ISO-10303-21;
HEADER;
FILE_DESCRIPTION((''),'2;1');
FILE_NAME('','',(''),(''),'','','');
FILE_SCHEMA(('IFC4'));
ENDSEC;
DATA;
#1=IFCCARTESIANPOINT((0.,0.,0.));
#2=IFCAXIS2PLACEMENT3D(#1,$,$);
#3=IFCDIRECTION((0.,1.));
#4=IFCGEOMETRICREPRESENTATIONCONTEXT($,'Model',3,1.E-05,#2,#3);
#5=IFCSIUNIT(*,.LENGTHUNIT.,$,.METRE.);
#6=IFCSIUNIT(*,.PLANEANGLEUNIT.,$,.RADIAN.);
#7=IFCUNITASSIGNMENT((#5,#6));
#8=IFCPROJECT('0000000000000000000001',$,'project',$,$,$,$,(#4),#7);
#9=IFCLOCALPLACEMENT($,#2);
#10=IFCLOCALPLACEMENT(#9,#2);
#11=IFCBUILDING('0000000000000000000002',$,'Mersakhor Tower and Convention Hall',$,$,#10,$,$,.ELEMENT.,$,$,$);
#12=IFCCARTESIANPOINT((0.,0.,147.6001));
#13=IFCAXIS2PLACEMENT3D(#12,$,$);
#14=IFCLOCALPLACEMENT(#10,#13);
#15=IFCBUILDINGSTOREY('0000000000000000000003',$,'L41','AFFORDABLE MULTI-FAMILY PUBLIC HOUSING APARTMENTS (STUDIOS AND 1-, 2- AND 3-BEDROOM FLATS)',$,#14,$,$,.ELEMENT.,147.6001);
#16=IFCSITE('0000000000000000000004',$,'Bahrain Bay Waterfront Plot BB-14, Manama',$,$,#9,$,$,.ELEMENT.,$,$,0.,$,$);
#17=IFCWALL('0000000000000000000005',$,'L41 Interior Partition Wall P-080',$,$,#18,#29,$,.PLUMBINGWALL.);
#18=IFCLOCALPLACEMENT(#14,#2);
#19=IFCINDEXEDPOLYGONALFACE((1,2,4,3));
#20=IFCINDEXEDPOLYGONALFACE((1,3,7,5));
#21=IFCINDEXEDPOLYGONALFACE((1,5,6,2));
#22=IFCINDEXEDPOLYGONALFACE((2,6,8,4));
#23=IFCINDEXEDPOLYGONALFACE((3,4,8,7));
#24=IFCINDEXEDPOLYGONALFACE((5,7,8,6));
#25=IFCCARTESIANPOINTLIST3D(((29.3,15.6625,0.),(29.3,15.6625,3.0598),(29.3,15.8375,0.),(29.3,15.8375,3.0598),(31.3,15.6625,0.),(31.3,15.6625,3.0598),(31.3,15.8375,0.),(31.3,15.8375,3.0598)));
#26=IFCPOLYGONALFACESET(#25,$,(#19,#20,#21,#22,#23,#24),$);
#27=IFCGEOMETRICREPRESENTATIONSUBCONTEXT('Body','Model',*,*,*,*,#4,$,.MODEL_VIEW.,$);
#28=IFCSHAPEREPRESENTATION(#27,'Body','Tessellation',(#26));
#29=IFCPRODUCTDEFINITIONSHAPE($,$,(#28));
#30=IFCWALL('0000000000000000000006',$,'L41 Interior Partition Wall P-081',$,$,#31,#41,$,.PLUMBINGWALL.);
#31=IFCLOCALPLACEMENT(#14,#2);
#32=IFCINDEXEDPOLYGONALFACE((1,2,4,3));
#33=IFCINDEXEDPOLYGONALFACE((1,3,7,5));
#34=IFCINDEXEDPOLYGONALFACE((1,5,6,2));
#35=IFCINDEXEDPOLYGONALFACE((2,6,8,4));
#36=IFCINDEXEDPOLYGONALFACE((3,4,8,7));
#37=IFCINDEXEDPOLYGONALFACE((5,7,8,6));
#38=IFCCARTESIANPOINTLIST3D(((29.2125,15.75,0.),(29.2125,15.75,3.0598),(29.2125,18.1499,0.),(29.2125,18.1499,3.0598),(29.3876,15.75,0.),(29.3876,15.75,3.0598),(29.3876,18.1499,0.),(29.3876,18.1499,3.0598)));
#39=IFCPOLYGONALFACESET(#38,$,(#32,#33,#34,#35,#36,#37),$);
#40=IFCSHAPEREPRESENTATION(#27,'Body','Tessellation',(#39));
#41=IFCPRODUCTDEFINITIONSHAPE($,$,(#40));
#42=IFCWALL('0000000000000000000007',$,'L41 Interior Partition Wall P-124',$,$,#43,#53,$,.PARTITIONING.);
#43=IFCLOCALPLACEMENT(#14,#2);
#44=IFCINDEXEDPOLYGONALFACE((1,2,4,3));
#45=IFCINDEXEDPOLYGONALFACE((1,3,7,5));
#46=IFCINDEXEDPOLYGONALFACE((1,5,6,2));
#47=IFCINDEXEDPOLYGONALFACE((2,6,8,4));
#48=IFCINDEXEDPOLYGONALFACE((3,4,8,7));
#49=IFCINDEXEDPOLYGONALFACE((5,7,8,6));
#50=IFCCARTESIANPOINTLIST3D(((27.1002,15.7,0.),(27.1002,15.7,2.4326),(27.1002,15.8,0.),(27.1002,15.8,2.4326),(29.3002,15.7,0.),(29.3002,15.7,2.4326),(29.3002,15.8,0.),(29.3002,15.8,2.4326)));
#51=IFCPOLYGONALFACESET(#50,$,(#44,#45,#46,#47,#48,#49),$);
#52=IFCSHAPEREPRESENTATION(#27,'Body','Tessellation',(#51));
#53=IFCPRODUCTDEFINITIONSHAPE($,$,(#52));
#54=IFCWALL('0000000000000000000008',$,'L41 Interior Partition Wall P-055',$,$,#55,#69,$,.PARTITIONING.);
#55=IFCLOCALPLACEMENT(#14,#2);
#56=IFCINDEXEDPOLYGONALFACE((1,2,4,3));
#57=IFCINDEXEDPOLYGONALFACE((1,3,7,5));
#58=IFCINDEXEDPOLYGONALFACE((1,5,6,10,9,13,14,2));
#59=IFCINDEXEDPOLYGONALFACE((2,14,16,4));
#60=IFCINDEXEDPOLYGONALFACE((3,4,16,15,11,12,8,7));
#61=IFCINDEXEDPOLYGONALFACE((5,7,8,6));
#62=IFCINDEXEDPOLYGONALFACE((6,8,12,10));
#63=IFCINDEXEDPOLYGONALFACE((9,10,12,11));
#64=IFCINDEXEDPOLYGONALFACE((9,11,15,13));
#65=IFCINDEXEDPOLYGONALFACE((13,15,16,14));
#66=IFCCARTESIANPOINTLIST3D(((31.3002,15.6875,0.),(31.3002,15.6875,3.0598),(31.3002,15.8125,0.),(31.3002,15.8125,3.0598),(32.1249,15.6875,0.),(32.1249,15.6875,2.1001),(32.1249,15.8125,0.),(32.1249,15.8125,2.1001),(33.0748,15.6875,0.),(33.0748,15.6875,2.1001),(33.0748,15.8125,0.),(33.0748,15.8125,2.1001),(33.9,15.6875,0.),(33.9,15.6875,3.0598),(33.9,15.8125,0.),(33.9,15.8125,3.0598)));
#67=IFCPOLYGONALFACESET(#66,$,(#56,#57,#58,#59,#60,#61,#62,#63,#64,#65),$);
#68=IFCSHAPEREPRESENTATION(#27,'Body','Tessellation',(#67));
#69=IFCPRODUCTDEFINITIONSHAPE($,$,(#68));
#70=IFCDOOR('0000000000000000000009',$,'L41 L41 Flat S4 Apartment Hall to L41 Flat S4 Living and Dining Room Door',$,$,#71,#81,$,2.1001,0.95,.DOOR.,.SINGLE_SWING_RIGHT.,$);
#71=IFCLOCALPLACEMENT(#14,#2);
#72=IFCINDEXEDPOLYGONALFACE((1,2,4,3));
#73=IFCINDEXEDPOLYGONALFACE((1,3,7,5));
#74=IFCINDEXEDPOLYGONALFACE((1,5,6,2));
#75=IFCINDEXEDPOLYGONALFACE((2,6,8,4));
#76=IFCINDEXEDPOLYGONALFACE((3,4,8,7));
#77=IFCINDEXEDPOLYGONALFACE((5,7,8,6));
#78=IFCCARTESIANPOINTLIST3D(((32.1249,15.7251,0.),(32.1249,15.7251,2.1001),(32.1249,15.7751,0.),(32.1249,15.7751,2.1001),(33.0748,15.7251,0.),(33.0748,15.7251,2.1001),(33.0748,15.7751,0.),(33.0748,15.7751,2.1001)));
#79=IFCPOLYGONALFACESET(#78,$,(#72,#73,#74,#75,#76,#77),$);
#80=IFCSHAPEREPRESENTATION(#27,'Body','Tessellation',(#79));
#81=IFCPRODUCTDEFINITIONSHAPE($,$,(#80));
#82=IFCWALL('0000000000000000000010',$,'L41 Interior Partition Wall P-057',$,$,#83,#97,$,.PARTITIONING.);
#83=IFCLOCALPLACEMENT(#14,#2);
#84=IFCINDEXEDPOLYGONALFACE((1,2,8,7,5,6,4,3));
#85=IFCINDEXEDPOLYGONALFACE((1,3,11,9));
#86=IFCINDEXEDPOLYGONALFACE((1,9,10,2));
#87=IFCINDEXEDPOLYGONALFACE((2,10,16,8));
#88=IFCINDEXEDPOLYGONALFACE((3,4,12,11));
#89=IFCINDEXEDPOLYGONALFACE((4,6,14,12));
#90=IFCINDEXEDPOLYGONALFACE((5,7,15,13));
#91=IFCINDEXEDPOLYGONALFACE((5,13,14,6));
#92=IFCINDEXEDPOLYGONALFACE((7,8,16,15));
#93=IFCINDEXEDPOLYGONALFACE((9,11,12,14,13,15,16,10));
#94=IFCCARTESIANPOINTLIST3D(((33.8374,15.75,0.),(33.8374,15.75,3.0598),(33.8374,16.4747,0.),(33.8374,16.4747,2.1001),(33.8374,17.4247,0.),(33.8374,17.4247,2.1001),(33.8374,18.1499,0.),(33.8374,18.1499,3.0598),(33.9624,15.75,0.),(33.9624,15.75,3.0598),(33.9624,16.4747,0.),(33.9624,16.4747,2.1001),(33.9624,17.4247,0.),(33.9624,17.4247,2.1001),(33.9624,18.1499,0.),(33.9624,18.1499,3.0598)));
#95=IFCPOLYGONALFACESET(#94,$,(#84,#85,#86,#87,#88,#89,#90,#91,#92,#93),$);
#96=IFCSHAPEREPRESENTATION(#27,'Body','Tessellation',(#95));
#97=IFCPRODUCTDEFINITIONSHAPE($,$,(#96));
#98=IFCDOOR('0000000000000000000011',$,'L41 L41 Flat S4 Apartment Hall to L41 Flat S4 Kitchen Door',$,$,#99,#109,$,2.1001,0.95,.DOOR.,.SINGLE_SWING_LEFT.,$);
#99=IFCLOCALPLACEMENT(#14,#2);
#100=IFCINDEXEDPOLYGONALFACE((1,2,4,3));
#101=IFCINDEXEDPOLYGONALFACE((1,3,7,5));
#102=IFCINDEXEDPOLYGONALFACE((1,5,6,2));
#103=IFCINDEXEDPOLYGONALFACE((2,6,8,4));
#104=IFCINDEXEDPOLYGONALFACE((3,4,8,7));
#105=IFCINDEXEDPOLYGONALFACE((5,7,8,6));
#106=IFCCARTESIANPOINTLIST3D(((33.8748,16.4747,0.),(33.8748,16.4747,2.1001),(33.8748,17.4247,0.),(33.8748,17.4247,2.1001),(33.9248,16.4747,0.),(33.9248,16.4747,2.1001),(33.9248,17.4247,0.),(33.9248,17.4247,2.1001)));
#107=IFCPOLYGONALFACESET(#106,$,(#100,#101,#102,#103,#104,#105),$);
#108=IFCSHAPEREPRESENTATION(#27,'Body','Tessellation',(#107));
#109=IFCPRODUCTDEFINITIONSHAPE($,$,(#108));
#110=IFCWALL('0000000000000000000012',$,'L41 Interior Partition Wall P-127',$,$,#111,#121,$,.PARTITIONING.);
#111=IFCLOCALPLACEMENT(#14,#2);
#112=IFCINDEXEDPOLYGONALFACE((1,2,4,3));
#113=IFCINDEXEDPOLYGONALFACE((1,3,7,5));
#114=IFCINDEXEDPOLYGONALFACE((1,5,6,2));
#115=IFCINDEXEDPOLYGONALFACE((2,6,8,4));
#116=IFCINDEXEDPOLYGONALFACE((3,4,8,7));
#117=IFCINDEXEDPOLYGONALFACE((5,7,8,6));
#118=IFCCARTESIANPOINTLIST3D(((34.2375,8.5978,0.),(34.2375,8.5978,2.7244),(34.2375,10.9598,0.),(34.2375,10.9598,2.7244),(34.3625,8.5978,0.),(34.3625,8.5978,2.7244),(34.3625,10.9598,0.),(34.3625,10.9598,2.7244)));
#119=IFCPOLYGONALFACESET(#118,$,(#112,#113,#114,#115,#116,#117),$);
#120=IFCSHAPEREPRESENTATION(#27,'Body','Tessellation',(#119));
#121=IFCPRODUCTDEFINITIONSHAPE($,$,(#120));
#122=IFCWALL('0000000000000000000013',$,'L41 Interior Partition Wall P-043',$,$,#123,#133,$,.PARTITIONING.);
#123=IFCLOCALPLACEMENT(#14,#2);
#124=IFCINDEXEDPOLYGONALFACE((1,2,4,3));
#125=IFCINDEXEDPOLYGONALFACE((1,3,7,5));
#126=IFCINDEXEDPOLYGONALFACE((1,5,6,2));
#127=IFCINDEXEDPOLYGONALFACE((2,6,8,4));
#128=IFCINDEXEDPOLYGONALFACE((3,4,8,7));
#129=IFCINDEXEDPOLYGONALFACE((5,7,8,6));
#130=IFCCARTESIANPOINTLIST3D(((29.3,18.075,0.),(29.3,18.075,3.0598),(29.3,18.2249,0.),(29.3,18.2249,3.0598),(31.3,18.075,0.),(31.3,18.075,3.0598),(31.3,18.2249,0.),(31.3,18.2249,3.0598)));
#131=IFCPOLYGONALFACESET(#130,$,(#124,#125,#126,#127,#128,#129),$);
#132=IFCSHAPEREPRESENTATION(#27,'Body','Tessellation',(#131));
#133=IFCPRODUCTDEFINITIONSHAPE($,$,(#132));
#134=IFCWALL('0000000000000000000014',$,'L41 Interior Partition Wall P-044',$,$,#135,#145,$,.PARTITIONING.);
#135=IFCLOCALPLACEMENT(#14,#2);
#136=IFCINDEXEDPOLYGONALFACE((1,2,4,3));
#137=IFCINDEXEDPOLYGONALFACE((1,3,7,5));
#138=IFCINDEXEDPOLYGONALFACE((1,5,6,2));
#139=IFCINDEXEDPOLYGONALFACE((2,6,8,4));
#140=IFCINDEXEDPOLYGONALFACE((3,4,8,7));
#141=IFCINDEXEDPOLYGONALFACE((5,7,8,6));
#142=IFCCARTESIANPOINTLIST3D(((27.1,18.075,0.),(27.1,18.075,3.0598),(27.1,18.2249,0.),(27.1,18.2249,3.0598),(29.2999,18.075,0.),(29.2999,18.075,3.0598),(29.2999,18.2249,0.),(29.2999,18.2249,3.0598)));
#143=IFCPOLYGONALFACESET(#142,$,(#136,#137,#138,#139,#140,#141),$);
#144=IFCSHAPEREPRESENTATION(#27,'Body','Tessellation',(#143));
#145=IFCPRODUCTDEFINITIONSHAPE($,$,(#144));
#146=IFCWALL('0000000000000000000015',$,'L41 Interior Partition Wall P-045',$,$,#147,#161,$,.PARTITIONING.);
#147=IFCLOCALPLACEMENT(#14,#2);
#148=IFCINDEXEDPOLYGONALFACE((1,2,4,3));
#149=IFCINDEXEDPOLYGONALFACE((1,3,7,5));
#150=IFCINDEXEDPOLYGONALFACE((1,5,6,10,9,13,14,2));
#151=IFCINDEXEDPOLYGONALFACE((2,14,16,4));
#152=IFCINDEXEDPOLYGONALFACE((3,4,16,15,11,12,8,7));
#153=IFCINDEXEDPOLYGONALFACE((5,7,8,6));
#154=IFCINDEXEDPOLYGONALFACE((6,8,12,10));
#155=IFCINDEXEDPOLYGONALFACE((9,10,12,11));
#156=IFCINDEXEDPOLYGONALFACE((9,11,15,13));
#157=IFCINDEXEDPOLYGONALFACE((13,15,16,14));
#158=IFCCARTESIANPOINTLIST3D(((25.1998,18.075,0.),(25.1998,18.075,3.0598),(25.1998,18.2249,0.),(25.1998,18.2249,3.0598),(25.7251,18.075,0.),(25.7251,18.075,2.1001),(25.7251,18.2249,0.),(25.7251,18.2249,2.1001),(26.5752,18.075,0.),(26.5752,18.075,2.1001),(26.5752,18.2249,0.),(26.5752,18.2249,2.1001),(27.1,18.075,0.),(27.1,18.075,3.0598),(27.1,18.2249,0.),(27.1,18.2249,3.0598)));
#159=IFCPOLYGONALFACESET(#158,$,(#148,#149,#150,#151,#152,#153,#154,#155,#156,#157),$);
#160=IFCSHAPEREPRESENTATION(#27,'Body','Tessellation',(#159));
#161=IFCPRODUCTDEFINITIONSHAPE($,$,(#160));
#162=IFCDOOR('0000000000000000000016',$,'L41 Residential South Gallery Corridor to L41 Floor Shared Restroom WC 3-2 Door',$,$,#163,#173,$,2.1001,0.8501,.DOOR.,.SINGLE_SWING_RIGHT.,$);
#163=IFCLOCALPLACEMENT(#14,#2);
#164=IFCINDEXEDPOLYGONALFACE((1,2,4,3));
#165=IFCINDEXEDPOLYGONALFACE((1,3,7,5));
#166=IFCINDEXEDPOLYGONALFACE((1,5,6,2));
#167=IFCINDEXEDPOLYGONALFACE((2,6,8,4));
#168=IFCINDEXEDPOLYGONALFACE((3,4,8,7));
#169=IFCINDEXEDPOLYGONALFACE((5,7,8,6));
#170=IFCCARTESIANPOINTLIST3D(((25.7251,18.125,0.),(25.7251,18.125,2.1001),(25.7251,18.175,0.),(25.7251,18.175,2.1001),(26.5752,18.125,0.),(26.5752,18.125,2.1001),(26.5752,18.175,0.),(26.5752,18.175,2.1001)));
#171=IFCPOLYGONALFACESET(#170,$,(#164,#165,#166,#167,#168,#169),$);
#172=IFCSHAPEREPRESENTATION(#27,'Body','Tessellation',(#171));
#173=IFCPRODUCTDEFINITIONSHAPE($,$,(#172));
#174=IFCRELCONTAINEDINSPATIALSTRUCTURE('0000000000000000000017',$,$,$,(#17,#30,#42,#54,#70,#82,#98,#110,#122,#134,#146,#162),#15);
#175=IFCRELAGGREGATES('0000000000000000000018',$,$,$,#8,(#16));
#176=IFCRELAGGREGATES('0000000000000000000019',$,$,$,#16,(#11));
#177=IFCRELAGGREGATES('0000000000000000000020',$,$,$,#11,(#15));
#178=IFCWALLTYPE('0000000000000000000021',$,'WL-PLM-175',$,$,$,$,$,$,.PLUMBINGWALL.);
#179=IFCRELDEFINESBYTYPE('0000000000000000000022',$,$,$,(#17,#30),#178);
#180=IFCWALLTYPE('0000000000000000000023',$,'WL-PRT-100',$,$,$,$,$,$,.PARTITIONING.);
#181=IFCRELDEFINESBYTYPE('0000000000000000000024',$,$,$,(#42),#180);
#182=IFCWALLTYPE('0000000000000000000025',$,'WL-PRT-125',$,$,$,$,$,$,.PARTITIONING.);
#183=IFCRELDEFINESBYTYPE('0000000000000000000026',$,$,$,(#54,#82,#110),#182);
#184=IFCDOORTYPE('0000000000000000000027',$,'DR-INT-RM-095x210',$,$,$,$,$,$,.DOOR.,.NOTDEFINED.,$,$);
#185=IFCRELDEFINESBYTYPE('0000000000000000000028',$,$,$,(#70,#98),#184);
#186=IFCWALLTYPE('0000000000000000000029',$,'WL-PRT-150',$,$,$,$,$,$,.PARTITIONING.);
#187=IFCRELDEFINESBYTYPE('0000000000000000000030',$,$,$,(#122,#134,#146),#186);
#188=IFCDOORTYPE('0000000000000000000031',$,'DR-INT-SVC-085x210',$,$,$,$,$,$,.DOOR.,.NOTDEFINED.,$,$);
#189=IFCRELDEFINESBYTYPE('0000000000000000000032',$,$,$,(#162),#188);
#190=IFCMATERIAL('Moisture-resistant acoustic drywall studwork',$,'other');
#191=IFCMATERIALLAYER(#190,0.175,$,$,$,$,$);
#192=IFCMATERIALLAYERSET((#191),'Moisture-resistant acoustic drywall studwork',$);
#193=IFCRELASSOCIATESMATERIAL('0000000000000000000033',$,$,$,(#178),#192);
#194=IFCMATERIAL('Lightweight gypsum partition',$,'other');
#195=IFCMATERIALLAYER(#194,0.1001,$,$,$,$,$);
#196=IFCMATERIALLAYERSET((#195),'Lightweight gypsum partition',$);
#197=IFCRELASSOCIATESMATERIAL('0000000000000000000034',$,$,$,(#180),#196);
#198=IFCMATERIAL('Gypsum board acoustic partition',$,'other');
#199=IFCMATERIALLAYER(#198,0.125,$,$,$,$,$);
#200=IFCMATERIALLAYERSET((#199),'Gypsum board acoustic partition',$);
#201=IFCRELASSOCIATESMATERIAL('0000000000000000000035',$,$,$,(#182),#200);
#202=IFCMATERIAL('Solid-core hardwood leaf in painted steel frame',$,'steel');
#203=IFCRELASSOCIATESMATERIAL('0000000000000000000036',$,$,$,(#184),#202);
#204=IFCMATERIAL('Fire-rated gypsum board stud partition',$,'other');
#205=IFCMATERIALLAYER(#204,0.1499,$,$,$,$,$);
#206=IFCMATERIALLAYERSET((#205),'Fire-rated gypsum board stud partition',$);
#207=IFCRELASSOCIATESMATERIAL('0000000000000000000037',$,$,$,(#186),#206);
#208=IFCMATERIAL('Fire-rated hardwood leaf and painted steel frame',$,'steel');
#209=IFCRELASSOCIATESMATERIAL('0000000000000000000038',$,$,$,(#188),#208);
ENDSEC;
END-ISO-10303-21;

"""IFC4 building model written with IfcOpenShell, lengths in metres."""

from ifc_helpers import new_model, si_unit, direction, frame, frame_2d, origin, place, context, subcontext, project, spatial, rectangle, extrude, material, layer, layer_set, type_object, element, fill, save


model = new_model("IFC4")

# Units and contexts
model_context = context("Model", 3, precision=1e-05, world=origin(), true_north=direction((0.0, 1.0)))
body_context = subcontext(model_context, "Body", "Model", "MODEL_VIEW")
ifc_project = project(units=[si_unit("LENGTHUNIT", "METRE"), si_unit("PLANEANGLEUNIT", "RADIAN")], contexts=[model_context])

# Site, building, storey
site_placement = place(None, origin())
site = spatial("IfcSite", under=ifc_project, at=site_placement, Name="Bahrain Bay Waterfront Plot BB-14, Manama", CompositionType="ELEMENT", RefElevation=0.0)
building_placement = place(site_placement, origin())
building = spatial("IfcBuilding", under=site, at=building_placement, Name="Mersakhor Tower and Convention Hall", CompositionType="ELEMENT")
storey_placement = place(building_placement, frame((0.0, 0.0, 147.6001)))
storey = spatial("IfcBuildingStorey", under=building, at=storey_placement, Name="L41", Description="AFFORDABLE MULTI-FAMILY PUBLIC HOUSING APARTMENTS (STUDIOS AND 1-, 2- AND 3-BEDROOM FLATS)", CompositionType="ELEMENT", Elevation=147.6001)

# Shared definitions
ifc_material_1 = material(Name="Moisture-resistant acoustic drywall studwork", Category="other")
ifc_layer_1 = layer(ifc_material_1, 0.175)
ifc_layer_set_1 = layer_set([ifc_layer_1], Name="Moisture-resistant acoustic drywall studwork")
wall_type_1 = type_object("IfcWallType", Name="WL-PLM-175", PredefinedType="PLUMBINGWALL", material=ifc_layer_set_1)

# Walls
wall_1_placement = place(storey_placement, frame((31.3, 15.75, 0.0), z_axis=(0.0, 0.0, 1.0), x_axis=(-1.0, 0.0, 0.0)))
element("IfcWall", 1, at=wall_1_placement, inside=storey, type_object=wall_type_1, Name="L41 Interior Partition Wall P-080", PredefinedType="PLUMBINGWALL", context=body_context, shape_type="SweptSolid", body=[
    extrude(rectangle(XDim=2.0, YDim=0.175, at=frame_2d((1.0, 0.0))), origin(), (0.0, 0.0, 1.0), 3.0598),
])
wall_2_placement = place(storey_placement, frame((29.3, 15.75, 0.0), z_axis=(0.0, 0.0, 1.0), x_axis=(0.0, 1.0, 0.0)))
element("IfcWall", 2, at=wall_2_placement, inside=storey, type_object=wall_type_1, Name="L41 Interior Partition Wall P-081", PredefinedType="PLUMBINGWALL", context=body_context, shape_type="SweptSolid", body=[
    extrude(rectangle(XDim=2.3999, YDim=0.175, at=frame_2d((1.2, 0.0))), origin(), (0.0, 0.0, 1.0), 3.0598),
])
ifc_material_2 = material(Name="Lightweight gypsum partition", Category="other")
ifc_layer_2 = layer(ifc_material_2, 0.1001)
ifc_layer_set_2 = layer_set([ifc_layer_2], Name="Lightweight gypsum partition")
wall_type_2 = type_object("IfcWallType", Name="WL-PRT-100", PredefinedType="PARTITIONING", material=ifc_layer_set_2)
wall_3_placement = place(storey_placement, frame((27.1001, 15.75, 0.0), z_axis=(0.0, 0.0, 1.0), x_axis=(1.0, 0.0, 0.0)))
element("IfcWall", 3, at=wall_3_placement, inside=storey, type_object=wall_type_2, Name="L41 Interior Partition Wall P-124", PredefinedType="PARTITIONING", context=body_context, shape_type="SweptSolid", body=[
    extrude(rectangle(XDim=2.2, YDim=0.1001, at=frame_2d((1.1001, 0.0))), origin(), (0.0, 0.0, 1.0), 2.4326),
])

# Walls, openings, doors
ifc_material_3 = material(Name="Gypsum board acoustic partition", Category="other")
ifc_layer_3 = layer(ifc_material_3, 0.125)
ifc_layer_set_3 = layer_set([ifc_layer_3], Name="Gypsum board acoustic partition")
wall_type_3 = type_object("IfcWallType", Name="WL-PRT-125", PredefinedType="PARTITIONING", material=ifc_layer_set_3)
wall_4_placement = place(storey_placement, frame((33.8999, 15.75, 0.0), z_axis=(0.0, 0.0, 1.0), x_axis=(-1.0, 0.0, 0.0)))
wall_4 = element("IfcWall", 4, at=wall_4_placement, inside=storey, type_object=wall_type_3, Name="L41 Interior Partition Wall P-055", PredefinedType="PARTITIONING", context=body_context, shape_type="SweptSolid", body=[
    extrude(rectangle(XDim=2.5999, YDim=0.125, at=frame_2d((1.2998, 0.0))), origin(), (0.0, 0.0, 1.0), 3.0598),
])
opening_1_placement = place(wall_4_placement, frame((0.825, 0.0, 0.0)))
opening_1 = element("IfcOpeningElement", 5, at=opening_1_placement, cuts=wall_4, PredefinedType="OPENING", context=body_context, shape_type="SweptSolid", body=[
    extrude(rectangle(XDim=0.95, YDim=2.1001, at=frame_2d((0.4751, 1.05))), frame((0.0, 0.0725, 0.0), z_axis=(0.0, -1.0, 0.0), x_axis=(1.0, 0.0, 0.0)), (0.0, 0.0, 1.0), 0.145),
])
ifc_material_4 = material(Name="Solid-core hardwood leaf in painted steel frame", Category="steel")
door_type_1 = type_object("IfcDoorType", Name="DR-INT-RM-095x210", OperationType="NOTDEFINED", PredefinedType="DOOR", material=ifc_material_4)
door_1_placement = place(opening_1_placement, origin())
door_1 = element("IfcDoor", 6, at=door_1_placement, inside=storey, type_object=door_type_1, Name="L41 L41 Flat S4 Apartment Hall to L41 Flat S4 Living and Dining Room Door", OperationType="SINGLE_SWING_RIGHT", OverallHeight=2.1001, OverallWidth=0.95, PredefinedType="DOOR", context=body_context, shape_type="SweptSolid", body=[
    extrude(rectangle(XDim=0.95, YDim=2.1001, at=frame_2d((0.4751, 1.05))), frame((0.0, 0.0249, 0.0), z_axis=(0.0, -1.0, 0.0), x_axis=(1.0, 0.0, 0.0)), (0.0, 0.0, 1.0), 0.05),
])
fill(opening_1, door_1)
wall_5_placement = place(storey_placement, frame((33.8999, 18.1499, 0.0), z_axis=(0.0, 0.0, 1.0), x_axis=(0.0, -1.0, 0.0)))
wall_5 = element("IfcWall", 7, at=wall_5_placement, inside=storey, type_object=wall_type_3, Name="L41 Interior Partition Wall P-057", PredefinedType="PARTITIONING", context=body_context, shape_type="SweptSolid", body=[
    extrude(rectangle(XDim=2.3999, YDim=0.125, at=frame_2d((1.2, 0.0))), origin(), (0.0, 0.0, 1.0), 3.0598),
])
opening_2_placement = place(wall_5_placement, frame((0.7251, 0.0, 0.0)))
opening_2 = element("IfcOpeningElement", 8, at=opening_2_placement, cuts=wall_5, PredefinedType="OPENING", context=body_context, shape_type="SweptSolid", body=[
    extrude(rectangle(XDim=0.95, YDim=2.1001, at=frame_2d((0.4751, 1.05))), frame((0.0, 0.0725, 0.0), z_axis=(0.0, -1.0, 0.0), x_axis=(1.0, 0.0, 0.0)), (0.0, 0.0, 1.0), 0.145),
])
door_2_placement = place(opening_2_placement, origin())
door_2 = element("IfcDoor", 9, at=door_2_placement, inside=storey, type_object=door_type_1, Name="L41 L41 Flat S4 Apartment Hall to L41 Flat S4 Kitchen Door", OperationType="SINGLE_SWING_LEFT", OverallHeight=2.1001, OverallWidth=0.95, PredefinedType="DOOR", context=body_context, shape_type="SweptSolid", body=[
    extrude(rectangle(XDim=0.95, YDim=2.1001, at=frame_2d((0.4751, 1.05))), frame((0.0, 0.0249, 0.0), z_axis=(0.0, -1.0, 0.0), x_axis=(1.0, 0.0, 0.0)), (0.0, 0.0, 1.0), 0.05),
])
fill(opening_2, door_2)

# Wall
wall_6_placement = place(storey_placement, frame((34.3, 10.96, 0.0), z_axis=(0.0, 0.0, 1.0), x_axis=(0.0, -1.0, 0.0)))
element("IfcWall", 10, at=wall_6_placement, inside=storey, type_object=wall_type_3, Name="L41 Interior Partition Wall P-127", PredefinedType="PARTITIONING", context=body_context, shape_type="SweptSolid", body=[
    extrude(rectangle(XDim=2.3621, YDim=0.125, at=frame_2d((1.1812, 0.0))), origin(), (0.0, 0.0, 1.0), 2.7244),
])

# Shared definitions
ifc_material_5 = material(Name="Fire-rated gypsum board stud partition", Category="other")
ifc_layer_4 = layer(ifc_material_5, 0.1499)
ifc_layer_set_4 = layer_set([ifc_layer_4], Name="Fire-rated gypsum board stud partition")
wall_type_4 = type_object("IfcWallType", Name="WL-PRT-150", PredefinedType="PARTITIONING", material=ifc_layer_set_4)

# Walls
wall_7_placement = place(storey_placement, frame((31.3, 18.1499, 0.0), z_axis=(0.0, 0.0, 1.0), x_axis=(-1.0, 0.0, 0.0)))
element("IfcWall", 11, at=wall_7_placement, inside=storey, type_object=wall_type_4, Name="L41 Interior Partition Wall P-043", PredefinedType="PARTITIONING", context=body_context, shape_type="SweptSolid", body=[
    extrude(rectangle(XDim=2.0, YDim=0.1499, at=frame_2d((1.0, 0.0))), origin(), (0.0, 0.0, 1.0), 3.0598),
])
wall_8_placement = place(storey_placement, frame((29.3, 18.1499, 0.0), z_axis=(0.0, 0.0, 1.0), x_axis=(-1.0, 0.0, 0.0)))
element("IfcWall", 12, at=wall_8_placement, inside=storey, type_object=wall_type_4, Name="L41 Interior Partition Wall P-044", PredefinedType="PARTITIONING", context=body_context, shape_type="SweptSolid", body=[
    extrude(rectangle(XDim=2.2, YDim=0.1499, at=frame_2d((1.1001, 0.0))), origin(), (0.0, 0.0, 1.0), 3.0598),
])

# Wall, opening, door
wall_9_placement = place(storey_placement, frame((27.1001, 18.1499, 0.0), z_axis=(0.0, 0.0, 1.0), x_axis=(-1.0, 0.0, 0.0)))
wall_9 = element("IfcWall", 13, at=wall_9_placement, inside=storey, type_object=wall_type_4, Name="L41 Interior Partition Wall P-045", PredefinedType="PARTITIONING", context=body_context, shape_type="SweptSolid", body=[
    extrude(rectangle(XDim=1.9001, YDim=0.1499, at=frame_2d((0.9502, 0.0))), origin(), (0.0, 0.0, 1.0), 3.0598),
])
opening_3_placement = place(wall_9_placement, frame((0.5249, 0.0, 0.0)))
opening_3 = element("IfcOpeningElement", 14, at=opening_3_placement, cuts=wall_9, PredefinedType="OPENING", context=body_context, shape_type="SweptSolid", body=[
    extrude(rectangle(XDim=0.8501, YDim=2.1001, at=frame_2d((0.425, 1.05))), frame((0.0, 0.085, 0.0), z_axis=(0.0, -1.0, 0.0), x_axis=(1.0, 0.0, 0.0)), (0.0, 0.0, 1.0), 0.1699),
])
ifc_material_6 = material(Name="Fire-rated hardwood leaf and painted steel frame", Category="steel")
door_type_2 = type_object("IfcDoorType", Name="DR-INT-SVC-085x210", OperationType="NOTDEFINED", PredefinedType="DOOR", material=ifc_material_6)
door_3_placement = place(opening_3_placement, origin())
door_3 = element("IfcDoor", 15, at=door_3_placement, inside=storey, type_object=door_type_2, Name="L41 Residential South Gallery Corridor to L41 Floor Shared Restroom WC 3-2 Door", OperationType="SINGLE_SWING_RIGHT", OverallHeight=2.1001, OverallWidth=0.8501, PredefinedType="DOOR", context=body_context, shape_type="SweptSolid", body=[
    extrude(rectangle(XDim=0.8501, YDim=2.1001, at=frame_2d((0.425, 1.05))), frame((0.0, 0.0249, 0.0), z_axis=(0.0, -1.0, 0.0), x_axis=(1.0, 0.0, 0.0)), (0.0, 0.0, 1.0), 0.05),
])
fill(opening_3, door_3)

save(model, "model.ifc")
